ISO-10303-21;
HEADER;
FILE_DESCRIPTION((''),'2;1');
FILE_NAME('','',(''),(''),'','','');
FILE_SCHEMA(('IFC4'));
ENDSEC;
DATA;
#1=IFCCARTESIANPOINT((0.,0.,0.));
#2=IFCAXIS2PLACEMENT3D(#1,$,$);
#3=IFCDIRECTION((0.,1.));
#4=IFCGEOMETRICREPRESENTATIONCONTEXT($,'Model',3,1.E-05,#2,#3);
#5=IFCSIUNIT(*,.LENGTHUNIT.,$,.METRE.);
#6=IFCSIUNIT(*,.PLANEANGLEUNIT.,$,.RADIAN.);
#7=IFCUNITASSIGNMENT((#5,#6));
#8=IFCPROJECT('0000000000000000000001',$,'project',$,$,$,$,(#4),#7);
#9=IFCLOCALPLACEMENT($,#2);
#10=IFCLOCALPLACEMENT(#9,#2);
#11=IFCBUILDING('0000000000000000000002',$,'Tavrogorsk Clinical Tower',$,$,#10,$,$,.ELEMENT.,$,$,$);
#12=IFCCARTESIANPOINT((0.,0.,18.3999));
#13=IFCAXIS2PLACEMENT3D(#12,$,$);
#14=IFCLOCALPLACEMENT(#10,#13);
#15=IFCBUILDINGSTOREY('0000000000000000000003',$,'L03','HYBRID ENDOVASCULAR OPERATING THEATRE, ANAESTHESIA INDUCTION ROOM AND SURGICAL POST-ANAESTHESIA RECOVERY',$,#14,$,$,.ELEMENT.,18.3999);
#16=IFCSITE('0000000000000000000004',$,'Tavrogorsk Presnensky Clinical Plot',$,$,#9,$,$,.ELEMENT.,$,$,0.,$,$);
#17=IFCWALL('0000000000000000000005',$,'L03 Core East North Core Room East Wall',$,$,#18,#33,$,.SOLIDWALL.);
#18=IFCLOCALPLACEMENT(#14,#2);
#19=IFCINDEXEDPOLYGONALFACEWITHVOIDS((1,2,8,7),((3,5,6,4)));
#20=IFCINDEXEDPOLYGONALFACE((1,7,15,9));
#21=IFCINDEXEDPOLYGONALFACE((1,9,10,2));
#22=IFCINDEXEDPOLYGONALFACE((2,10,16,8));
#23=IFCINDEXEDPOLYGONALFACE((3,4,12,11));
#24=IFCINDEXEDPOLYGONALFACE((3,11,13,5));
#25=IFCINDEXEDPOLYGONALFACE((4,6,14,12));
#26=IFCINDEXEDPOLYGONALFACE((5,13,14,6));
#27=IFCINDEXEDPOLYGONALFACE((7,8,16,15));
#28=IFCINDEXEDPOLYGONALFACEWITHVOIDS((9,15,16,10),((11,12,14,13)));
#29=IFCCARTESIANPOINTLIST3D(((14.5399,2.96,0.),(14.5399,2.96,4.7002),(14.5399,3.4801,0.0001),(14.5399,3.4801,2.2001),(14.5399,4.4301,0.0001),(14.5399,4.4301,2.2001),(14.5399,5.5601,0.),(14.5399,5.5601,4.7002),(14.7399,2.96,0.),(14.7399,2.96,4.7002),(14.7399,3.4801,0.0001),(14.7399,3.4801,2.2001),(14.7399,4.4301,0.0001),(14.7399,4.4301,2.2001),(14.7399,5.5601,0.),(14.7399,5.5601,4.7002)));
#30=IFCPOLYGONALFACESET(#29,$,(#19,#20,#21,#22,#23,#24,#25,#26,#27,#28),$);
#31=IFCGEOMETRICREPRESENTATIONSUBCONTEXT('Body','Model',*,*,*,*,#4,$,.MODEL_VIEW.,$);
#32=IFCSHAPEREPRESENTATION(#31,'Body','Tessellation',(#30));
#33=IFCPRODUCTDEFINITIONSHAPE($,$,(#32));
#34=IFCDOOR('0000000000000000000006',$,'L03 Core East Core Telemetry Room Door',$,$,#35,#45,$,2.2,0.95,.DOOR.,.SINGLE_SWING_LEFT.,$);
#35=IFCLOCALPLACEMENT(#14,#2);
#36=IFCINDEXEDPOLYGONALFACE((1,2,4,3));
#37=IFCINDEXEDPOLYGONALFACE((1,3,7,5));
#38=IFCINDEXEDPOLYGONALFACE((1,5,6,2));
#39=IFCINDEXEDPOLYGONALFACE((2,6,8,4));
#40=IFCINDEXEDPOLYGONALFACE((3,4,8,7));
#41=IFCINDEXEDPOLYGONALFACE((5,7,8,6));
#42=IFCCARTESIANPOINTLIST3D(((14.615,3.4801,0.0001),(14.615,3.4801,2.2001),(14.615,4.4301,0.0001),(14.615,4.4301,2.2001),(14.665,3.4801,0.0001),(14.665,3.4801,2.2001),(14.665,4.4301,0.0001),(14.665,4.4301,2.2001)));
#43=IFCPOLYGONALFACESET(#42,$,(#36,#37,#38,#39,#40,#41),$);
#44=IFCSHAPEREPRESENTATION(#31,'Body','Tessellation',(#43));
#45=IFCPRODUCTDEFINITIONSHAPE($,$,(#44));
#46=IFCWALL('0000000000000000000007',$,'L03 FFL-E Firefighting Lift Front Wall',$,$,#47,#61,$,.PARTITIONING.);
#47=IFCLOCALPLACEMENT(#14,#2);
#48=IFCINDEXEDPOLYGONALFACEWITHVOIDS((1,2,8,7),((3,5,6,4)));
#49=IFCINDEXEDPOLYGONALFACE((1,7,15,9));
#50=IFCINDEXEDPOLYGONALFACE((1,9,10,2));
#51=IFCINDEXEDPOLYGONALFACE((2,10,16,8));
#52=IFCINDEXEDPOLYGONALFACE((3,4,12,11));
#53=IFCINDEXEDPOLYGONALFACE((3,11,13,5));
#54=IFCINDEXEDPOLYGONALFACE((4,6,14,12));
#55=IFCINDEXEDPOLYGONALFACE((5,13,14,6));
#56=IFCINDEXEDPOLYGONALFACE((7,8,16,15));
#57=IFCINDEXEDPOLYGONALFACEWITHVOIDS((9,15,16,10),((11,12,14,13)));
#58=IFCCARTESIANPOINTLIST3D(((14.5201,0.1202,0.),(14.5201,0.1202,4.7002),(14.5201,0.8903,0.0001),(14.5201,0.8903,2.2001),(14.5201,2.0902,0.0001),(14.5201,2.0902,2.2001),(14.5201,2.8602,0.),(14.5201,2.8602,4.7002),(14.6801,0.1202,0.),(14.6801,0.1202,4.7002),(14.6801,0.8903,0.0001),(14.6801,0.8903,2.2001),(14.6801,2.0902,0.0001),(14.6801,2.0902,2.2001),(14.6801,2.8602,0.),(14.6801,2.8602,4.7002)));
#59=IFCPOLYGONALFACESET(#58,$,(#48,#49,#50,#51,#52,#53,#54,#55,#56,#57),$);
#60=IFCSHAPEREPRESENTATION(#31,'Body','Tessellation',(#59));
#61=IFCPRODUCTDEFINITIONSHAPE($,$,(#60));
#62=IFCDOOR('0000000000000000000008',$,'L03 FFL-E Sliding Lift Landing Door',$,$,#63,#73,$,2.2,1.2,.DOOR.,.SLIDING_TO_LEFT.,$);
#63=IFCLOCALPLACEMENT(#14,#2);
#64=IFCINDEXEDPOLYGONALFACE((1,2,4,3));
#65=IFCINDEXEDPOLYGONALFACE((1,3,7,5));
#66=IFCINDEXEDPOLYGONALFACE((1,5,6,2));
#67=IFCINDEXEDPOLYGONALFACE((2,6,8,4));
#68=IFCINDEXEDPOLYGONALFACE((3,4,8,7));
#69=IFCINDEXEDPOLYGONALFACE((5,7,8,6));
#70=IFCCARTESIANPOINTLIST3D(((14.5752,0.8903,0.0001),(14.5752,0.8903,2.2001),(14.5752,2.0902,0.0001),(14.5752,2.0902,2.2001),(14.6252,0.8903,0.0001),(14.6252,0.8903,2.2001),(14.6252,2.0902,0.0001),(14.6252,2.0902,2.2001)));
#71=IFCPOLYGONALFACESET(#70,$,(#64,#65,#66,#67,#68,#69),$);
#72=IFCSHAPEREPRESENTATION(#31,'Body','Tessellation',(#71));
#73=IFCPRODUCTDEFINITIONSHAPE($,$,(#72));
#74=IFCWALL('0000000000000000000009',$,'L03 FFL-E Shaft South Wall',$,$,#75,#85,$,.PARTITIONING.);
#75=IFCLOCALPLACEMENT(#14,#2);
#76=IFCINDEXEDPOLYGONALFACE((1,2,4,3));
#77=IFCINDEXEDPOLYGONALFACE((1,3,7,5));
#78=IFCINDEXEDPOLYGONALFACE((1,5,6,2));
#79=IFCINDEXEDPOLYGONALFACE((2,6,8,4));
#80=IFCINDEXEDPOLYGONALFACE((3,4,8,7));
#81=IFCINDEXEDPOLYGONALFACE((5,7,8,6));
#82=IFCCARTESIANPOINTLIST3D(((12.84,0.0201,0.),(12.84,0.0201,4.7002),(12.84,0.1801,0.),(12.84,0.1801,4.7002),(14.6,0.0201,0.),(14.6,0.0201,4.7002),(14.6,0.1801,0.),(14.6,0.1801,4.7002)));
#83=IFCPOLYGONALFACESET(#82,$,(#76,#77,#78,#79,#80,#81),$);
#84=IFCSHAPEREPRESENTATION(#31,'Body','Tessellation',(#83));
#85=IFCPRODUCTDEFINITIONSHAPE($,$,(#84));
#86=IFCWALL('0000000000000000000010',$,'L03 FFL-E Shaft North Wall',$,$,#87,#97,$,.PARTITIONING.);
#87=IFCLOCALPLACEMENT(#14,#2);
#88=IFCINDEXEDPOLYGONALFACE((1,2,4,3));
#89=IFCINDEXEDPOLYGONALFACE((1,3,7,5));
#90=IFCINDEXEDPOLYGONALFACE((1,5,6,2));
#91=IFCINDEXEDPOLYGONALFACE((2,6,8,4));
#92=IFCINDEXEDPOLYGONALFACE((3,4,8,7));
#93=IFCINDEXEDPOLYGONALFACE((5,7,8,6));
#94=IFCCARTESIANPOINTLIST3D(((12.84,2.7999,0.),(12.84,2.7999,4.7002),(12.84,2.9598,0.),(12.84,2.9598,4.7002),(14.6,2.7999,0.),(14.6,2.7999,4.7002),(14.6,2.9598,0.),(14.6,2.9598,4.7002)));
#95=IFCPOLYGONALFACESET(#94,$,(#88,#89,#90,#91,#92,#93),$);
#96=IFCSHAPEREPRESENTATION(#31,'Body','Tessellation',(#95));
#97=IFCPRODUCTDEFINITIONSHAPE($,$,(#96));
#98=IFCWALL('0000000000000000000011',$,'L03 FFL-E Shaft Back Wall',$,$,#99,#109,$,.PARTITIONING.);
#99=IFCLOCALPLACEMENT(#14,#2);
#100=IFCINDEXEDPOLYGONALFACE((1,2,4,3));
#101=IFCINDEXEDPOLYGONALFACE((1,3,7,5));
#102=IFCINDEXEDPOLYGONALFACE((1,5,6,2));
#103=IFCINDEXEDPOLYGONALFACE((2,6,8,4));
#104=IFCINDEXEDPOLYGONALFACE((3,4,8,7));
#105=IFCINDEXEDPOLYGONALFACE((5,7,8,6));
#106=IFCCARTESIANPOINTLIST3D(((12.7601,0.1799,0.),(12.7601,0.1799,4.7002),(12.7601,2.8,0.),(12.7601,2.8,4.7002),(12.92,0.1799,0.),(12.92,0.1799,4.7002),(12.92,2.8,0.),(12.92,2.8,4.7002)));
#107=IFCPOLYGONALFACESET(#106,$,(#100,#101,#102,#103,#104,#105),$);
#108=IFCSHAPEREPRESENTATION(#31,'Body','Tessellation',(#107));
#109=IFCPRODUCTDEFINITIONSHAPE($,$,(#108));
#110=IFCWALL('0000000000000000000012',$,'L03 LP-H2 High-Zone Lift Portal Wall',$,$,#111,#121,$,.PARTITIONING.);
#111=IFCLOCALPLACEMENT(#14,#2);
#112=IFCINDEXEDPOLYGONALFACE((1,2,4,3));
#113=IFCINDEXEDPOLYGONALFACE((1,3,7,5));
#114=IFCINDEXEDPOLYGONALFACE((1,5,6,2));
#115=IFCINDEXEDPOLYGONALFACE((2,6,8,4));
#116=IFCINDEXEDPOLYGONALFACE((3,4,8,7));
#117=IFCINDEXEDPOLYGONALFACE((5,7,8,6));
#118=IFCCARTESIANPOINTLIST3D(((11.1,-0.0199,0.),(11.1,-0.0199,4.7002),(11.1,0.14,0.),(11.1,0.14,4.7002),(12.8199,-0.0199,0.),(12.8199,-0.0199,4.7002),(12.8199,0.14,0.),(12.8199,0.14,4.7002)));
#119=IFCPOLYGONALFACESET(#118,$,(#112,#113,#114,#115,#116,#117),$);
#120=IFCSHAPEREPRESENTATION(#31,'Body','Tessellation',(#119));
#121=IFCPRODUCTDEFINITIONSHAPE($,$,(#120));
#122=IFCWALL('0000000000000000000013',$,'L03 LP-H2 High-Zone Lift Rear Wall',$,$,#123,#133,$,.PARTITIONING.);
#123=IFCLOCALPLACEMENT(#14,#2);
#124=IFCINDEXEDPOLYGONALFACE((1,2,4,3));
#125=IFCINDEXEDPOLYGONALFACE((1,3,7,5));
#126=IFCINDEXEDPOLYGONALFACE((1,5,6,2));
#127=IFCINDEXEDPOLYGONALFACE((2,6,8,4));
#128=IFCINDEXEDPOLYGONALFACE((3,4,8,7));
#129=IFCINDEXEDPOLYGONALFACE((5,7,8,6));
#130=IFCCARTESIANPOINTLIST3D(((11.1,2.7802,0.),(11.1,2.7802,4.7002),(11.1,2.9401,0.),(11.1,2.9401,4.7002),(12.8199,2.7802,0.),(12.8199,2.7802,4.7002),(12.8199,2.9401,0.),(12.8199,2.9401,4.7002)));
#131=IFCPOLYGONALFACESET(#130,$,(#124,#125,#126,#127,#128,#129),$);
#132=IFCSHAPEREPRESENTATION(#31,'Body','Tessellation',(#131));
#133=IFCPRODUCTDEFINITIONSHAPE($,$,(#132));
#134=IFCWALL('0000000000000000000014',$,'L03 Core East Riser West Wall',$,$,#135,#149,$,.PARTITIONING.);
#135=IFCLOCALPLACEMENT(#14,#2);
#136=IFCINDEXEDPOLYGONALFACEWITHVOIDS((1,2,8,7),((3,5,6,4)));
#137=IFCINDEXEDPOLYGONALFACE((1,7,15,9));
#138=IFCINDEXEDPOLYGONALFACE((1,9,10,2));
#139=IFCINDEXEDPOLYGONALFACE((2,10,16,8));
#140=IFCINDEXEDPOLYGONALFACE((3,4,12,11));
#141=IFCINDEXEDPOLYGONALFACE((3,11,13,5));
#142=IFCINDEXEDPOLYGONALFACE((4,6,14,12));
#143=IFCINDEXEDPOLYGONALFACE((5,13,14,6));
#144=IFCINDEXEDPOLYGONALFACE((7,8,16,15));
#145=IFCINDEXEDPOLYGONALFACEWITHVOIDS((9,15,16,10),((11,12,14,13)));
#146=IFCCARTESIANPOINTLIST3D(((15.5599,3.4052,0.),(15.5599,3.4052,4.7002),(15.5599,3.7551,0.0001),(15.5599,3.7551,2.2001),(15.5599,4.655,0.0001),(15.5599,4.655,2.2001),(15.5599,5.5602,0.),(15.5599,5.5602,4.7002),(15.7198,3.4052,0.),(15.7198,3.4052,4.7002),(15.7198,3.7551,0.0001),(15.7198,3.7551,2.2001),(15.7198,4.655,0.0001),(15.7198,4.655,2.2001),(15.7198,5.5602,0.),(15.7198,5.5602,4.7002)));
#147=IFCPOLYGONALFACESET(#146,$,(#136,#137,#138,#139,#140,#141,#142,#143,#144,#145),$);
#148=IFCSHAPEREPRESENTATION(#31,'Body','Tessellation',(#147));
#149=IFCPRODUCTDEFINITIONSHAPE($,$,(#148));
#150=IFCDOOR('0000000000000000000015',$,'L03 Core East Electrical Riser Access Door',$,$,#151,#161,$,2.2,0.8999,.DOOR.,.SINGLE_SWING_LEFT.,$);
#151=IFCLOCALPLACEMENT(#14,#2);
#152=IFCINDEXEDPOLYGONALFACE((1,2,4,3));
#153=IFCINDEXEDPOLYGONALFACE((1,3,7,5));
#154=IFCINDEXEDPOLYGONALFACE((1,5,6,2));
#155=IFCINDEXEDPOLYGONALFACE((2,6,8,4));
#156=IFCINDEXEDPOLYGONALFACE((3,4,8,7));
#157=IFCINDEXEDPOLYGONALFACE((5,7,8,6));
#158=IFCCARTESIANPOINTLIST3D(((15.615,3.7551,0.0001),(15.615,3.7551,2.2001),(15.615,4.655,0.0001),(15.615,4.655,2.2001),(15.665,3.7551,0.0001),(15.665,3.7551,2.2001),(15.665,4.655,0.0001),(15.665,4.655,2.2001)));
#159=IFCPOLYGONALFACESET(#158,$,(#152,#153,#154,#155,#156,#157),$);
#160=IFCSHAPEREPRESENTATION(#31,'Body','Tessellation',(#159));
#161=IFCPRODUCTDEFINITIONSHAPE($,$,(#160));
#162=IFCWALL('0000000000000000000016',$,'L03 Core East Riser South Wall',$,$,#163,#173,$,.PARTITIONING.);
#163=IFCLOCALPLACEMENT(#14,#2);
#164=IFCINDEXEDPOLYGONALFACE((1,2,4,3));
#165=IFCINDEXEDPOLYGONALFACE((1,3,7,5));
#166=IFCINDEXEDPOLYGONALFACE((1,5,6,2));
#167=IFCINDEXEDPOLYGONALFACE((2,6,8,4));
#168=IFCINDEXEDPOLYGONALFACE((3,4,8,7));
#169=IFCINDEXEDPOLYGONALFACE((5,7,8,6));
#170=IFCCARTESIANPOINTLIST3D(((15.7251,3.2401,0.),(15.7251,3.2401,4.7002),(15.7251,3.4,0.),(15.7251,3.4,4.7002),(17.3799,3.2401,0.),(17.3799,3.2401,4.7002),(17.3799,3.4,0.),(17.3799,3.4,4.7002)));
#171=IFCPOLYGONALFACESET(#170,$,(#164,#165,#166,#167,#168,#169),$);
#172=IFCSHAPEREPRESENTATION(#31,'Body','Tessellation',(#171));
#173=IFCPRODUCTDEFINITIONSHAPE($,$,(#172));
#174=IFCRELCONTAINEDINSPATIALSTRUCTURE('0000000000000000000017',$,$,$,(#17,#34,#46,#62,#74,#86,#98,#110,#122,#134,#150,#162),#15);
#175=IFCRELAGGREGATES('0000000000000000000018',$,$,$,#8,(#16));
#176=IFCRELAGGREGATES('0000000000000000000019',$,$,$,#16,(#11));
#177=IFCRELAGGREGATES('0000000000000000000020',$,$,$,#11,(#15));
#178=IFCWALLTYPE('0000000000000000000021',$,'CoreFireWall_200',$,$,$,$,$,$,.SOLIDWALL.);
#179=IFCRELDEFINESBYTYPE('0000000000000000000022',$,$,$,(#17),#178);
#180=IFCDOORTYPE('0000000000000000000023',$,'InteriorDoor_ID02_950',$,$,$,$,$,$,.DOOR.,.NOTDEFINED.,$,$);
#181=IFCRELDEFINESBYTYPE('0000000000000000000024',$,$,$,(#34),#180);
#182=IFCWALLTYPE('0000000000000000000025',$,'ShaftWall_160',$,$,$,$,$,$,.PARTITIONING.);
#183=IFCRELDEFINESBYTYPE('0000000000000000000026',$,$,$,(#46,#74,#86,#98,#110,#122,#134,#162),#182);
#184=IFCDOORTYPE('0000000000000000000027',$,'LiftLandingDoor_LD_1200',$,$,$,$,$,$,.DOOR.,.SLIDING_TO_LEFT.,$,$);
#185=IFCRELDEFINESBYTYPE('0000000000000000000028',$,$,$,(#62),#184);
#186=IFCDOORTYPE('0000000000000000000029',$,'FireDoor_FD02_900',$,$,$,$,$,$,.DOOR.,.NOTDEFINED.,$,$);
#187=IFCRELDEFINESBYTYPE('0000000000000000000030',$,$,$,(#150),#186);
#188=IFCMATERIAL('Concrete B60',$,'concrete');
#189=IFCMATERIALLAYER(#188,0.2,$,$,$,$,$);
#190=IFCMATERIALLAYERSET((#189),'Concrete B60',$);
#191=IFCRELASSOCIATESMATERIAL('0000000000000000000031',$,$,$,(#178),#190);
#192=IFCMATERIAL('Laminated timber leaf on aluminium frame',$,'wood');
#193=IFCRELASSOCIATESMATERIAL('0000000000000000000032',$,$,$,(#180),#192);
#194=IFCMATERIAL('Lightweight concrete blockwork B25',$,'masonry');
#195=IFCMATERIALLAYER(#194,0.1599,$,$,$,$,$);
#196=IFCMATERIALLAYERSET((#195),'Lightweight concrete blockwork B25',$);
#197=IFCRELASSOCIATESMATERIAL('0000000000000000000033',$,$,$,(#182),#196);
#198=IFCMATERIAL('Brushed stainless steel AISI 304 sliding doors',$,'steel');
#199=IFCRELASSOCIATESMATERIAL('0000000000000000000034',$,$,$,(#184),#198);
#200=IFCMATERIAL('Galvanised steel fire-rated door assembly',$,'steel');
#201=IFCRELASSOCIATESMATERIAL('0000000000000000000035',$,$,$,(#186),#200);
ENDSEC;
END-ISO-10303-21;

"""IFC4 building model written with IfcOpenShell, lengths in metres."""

from ifc_helpers import new_model, si_unit, direction, frame, frame_2d, origin, place, context, subcontext, project, spatial, rectangle, extrude, material, layer, layer_set, type_object, element, fill, save


model = new_model("IFC4")

# Units and contexts
model_context = context("Model", 3, precision=1e-05, world=origin(), true_north=direction((0.0, 1.0)))
body_context = subcontext(model_context, "Body", "Model", "MODEL_VIEW")
ifc_project = project(units=[si_unit("LENGTHUNIT", "METRE"), si_unit("PLANEANGLEUNIT", "RADIAN")], contexts=[model_context])

# Site, building, storey
site_placement = place(None, origin())
site = spatial("IfcSite", under=ifc_project, at=site_placement, Name="Tavrogorsk Presnensky Clinical Plot", CompositionType="ELEMENT", RefElevation=0.0)
building_placement = place(site_placement, origin())
building = spatial("IfcBuilding", under=site, at=building_placement, Name="Tavrogorsk Clinical Tower", CompositionType="ELEMENT")
storey_placement = place(building_placement, frame((0.0, 0.0, 18.3999)))
storey = spatial("IfcBuildingStorey", under=building, at=storey_placement, Name="L03", Description="HYBRID ENDOVASCULAR OPERATING THEATRE, ANAESTHESIA INDUCTION ROOM AND SURGICAL POST-ANAESTHESIA RECOVERY", CompositionType="ELEMENT", Elevation=18.3999)

# Walls, openings, doors
ifc_material_1 = material(Name="Concrete B60", Category="concrete")
ifc_layer_1 = layer(ifc_material_1, 0.2)
ifc_layer_set_1 = layer_set([ifc_layer_1], Name="Concrete B60")
wall_type_1 = type_object("IfcWallType", Name="CoreFireWall_200", PredefinedType="SOLIDWALL", material=ifc_layer_set_1)
wall_1_placement = place(storey_placement, frame((14.6399, 2.96, 0.0), z_axis=(0.0, 0.0, 1.0), x_axis=(0.0, 1.0, 0.0)))
wall_1 = element("IfcWall", 1, at=wall_1_placement, inside=storey, type_object=wall_type_1, Name="L03 Core East North Core Room East Wall", PredefinedType="SOLIDWALL", context=body_context, shape_type="SweptSolid", body=[
    extrude(rectangle(XDim=2.6001, YDim=0.2, at=frame_2d((1.3, 0.0))), origin(), (0.0, 0.0, 1.0), 4.7002),
])
opening_1_placement = place(wall_1_placement, frame((0.52, 0.0, 0.0)))
opening_1 = element("IfcOpeningElement", 2, at=opening_1_placement, cuts=wall_1, PredefinedType="OPENING", context=body_context, shape_type="SweptSolid", body=[
    extrude(rectangle(XDim=0.95, YDim=2.2, at=frame_2d((0.4751, 1.1001))), frame((0.0, 0.1099, 0.0), z_axis=(0.0, -1.0, 0.0), x_axis=(1.0, 0.0, 0.0)), (0.0, 0.0, 1.0), 0.22),
])
ifc_material_2 = material(Name="Laminated timber leaf on aluminium frame", Category="wood")
door_type_1 = type_object("IfcDoorType", Name="InteriorDoor_ID02_950", OperationType="NOTDEFINED", PredefinedType="DOOR", material=ifc_material_2)
door_1_placement = place(opening_1_placement, origin())
door_1 = element("IfcDoor", 3, at=door_1_placement, inside=storey, type_object=door_type_1, Name="L03 Core East Core Telemetry Room Door", OperationType="SINGLE_SWING_LEFT", OverallHeight=2.2, OverallWidth=0.95, PredefinedType="DOOR", context=body_context, shape_type="SweptSolid", body=[
    extrude(rectangle(XDim=0.95, YDim=2.2, at=frame_2d((0.4751, 1.1001))), frame((0.0, 0.0249, 0.0), z_axis=(0.0, -1.0, 0.0), x_axis=(1.0, 0.0, 0.0)), (0.0, 0.0, 1.0), 0.05),
])
fill(opening_1, door_1)
ifc_material_3 = material(Name="Lightweight concrete blockwork B25", Category="masonry")
ifc_layer_2 = layer(ifc_material_3, 0.1599)
ifc_layer_set_2 = layer_set([ifc_layer_2], Name="Lightweight concrete blockwork B25")
wall_type_2 = type_object("IfcWallType", Name="ShaftWall_160", PredefinedType="PARTITIONING", material=ifc_layer_set_2)
wall_2_placement = place(storey_placement, frame((14.6001, 0.1201, 0.0), z_axis=(0.0, 0.0, 1.0), x_axis=(0.0, 1.0, 0.0)))
wall_2 = element("IfcWall", 4, at=wall_2_placement, inside=storey, type_object=wall_type_2, Name="L03 FFL-E Firefighting Lift Front Wall", PredefinedType="PARTITIONING", context=body_context, shape_type="SweptSolid", body=[
    extrude(rectangle(XDim=2.74, YDim=0.1599, at=frame_2d((1.3701, 0.0))), origin(), (0.0, 0.0, 1.0), 4.7002),
])
opening_2_placement = place(wall_2_placement, frame((0.77, 0.0, 0.0)))
opening_2 = element("IfcOpeningElement", 5, at=opening_2_placement, cuts=wall_2, PredefinedType="OPENING", context=body_context, shape_type="SweptSolid", body=[
    extrude(rectangle(XDim=1.2, YDim=2.2, at=frame_2d((0.6001, 1.1001))), frame((0.0, 0.0898, 0.0), z_axis=(0.0, -1.0, 0.0), x_axis=(1.0, 0.0, 0.0)), (0.0, 0.0, 1.0), 0.1799),
])
ifc_material_4 = material(Name="Brushed stainless steel AISI 304 sliding doors", Category="steel")
door_type_2 = type_object("IfcDoorType", Name="LiftLandingDoor_LD_1200", OperationType="SLIDING_TO_LEFT", PredefinedType="DOOR", material=ifc_material_4)
door_2_placement = place(opening_2_placement, origin())
door_2 = element("IfcDoor", 6, at=door_2_placement, inside=storey, type_object=door_type_2, Name="L03 FFL-E Sliding Lift Landing Door", OperationType="SLIDING_TO_LEFT", OverallHeight=2.2, OverallWidth=1.2, PredefinedType="DOOR", context=body_context, shape_type="SweptSolid", body=[
    extrude(rectangle(XDim=1.2, YDim=2.2, at=frame_2d((0.6001, 1.1001))), frame((0.0, 0.0249, 0.0), z_axis=(0.0, -1.0, 0.0), x_axis=(1.0, 0.0, 0.0)), (0.0, 0.0, 1.0), 0.05),
])
fill(opening_2, door_2)

# Walls
for number, where, z_axis, x_axis, name in (
    (7, (12.8401, 0.1001, 0.0), (0.0, 0.0, 1.0), (1.0, 0.0, 0.0), "L03 FFL-E Shaft South Wall"),
    (8, (12.8401, 2.8799, 0.0), (0.0, 0.0, 1.0), (1.0, 0.0, 0.0), "L03 FFL-E Shaft North Wall"),
):
    element("IfcWall", number, at=place(storey_placement, frame(where, z_axis=z_axis, x_axis=x_axis)), inside=storey, type_object=wall_type_2, Name=name, PredefinedType="PARTITIONING", context=body_context, shape_type="SweptSolid", body=[
        extrude(rectangle(XDim=1.76, YDim=0.1599, at=frame_2d((0.8799, 0.0))), origin(), (0.0, 0.0, 1.0), 4.7002),
    ])
wall_3_placement = place(storey_placement, frame((12.8401, 0.1799, 0.0), z_axis=(0.0, 0.0, 1.0), x_axis=(0.0, 1.0, 0.0)))
element("IfcWall", 9, at=wall_3_placement, inside=storey, type_object=wall_type_2, Name="L03 FFL-E Shaft Back Wall", PredefinedType="PARTITIONING", context=body_context, shape_type="SweptSolid", body=[
    extrude(rectangle(XDim=2.6201, YDim=0.1599, at=frame_2d((1.3101, 0.0))), origin(), (0.0, 0.0, 1.0), 4.7002),
])
for number, where, z_axis, x_axis, name in (
    (10, (11.1001, 0.0601, 0.0), (0.0, 0.0, 1.0), (1.0, 0.0, 0.0), "L03 LP-H2 High-Zone Lift Portal Wall"),
    (11, (11.1001, 2.8601, 0.0), (0.0, 0.0, 1.0), (1.0, 0.0, 0.0), "L03 LP-H2 High-Zone Lift Rear Wall"),
):
    element("IfcWall", number, at=place(storey_placement, frame(where, z_axis=z_axis, x_axis=x_axis)), inside=storey, type_object=wall_type_2, Name=name, PredefinedType="PARTITIONING", context=body_context, shape_type="SweptSolid", body=[
        extrude(rectangle(XDim=1.72, YDim=0.1599, at=frame_2d((0.8599, 0.0))), origin(), (0.0, 0.0, 1.0), 4.7002),
    ])

# Wall, opening, door
wall_4_placement = place(storey_placement, frame((15.6399, 3.405, 0.0), z_axis=(0.0, 0.0, 1.0), x_axis=(0.0, 1.0, 0.0)))
wall_4 = element("IfcWall", 12, at=wall_4_placement, inside=storey, type_object=wall_type_2, Name="L03 Core East Riser West Wall", PredefinedType="PARTITIONING", context=body_context, shape_type="SweptSolid", body=[
    extrude(rectangle(XDim=2.155, YDim=0.1599, at=frame_2d((1.0776, 0.0))), origin(), (0.0, 0.0, 1.0), 4.7002),
])
opening_3_placement = place(wall_4_placement, frame((0.3501, 0.0, 0.0)))
opening_3 = element("IfcOpeningElement", 13, at=opening_3_placement, cuts=wall_4, PredefinedType="OPENING", context=body_context, shape_type="SweptSolid", body=[
    extrude(rectangle(XDim=0.8999, YDim=2.2, at=frame_2d((0.45, 1.1001))), frame((0.0, 0.0898, 0.0), z_axis=(0.0, -1.0, 0.0), x_axis=(1.0, 0.0, 0.0)), (0.0, 0.0, 1.0), 0.1799),
])
ifc_material_5 = material(Name="Galvanised steel fire-rated door assembly", Category="steel")
door_type_3 = type_object("IfcDoorType", Name="FireDoor_FD02_900", OperationType="NOTDEFINED", PredefinedType="DOOR", material=ifc_material_5)
door_3_placement = place(opening_3_placement, origin())
door_3 = element("IfcDoor", 14, at=door_3_placement, inside=storey, type_object=door_type_3, Name="L03 Core East Electrical Riser Access Door", OperationType="SINGLE_SWING_LEFT", OverallHeight=2.2, OverallWidth=0.8999, PredefinedType="DOOR", context=body_context, shape_type="SweptSolid", body=[
    extrude(rectangle(XDim=0.8999, YDim=2.2, at=frame_2d((0.45, 1.1001))), frame((0.0, 0.0249, 0.0), z_axis=(0.0, -1.0, 0.0), x_axis=(1.0, 0.0, 0.0)), (0.0, 0.0, 1.0), 0.05),
])
fill(opening_3, door_3)

# Wall
wall_5_placement = place(storey_placement, frame((15.7251, 3.3201, 0.0), z_axis=(0.0, 0.0, 1.0), x_axis=(1.0, 0.0, 0.0)))
element("IfcWall", 15, at=wall_5_placement, inside=storey, type_object=wall_type_2, Name="L03 Core East Riser South Wall", PredefinedType="PARTITIONING", context=body_context, shape_type="SweptSolid", body=[
    extrude(rectangle(XDim=1.6548, YDim=0.1599, at=frame_2d((0.8274, 0.0))), origin(), (0.0, 0.0, 1.0), 4.7002),
])

save(model, "model.ifc")
